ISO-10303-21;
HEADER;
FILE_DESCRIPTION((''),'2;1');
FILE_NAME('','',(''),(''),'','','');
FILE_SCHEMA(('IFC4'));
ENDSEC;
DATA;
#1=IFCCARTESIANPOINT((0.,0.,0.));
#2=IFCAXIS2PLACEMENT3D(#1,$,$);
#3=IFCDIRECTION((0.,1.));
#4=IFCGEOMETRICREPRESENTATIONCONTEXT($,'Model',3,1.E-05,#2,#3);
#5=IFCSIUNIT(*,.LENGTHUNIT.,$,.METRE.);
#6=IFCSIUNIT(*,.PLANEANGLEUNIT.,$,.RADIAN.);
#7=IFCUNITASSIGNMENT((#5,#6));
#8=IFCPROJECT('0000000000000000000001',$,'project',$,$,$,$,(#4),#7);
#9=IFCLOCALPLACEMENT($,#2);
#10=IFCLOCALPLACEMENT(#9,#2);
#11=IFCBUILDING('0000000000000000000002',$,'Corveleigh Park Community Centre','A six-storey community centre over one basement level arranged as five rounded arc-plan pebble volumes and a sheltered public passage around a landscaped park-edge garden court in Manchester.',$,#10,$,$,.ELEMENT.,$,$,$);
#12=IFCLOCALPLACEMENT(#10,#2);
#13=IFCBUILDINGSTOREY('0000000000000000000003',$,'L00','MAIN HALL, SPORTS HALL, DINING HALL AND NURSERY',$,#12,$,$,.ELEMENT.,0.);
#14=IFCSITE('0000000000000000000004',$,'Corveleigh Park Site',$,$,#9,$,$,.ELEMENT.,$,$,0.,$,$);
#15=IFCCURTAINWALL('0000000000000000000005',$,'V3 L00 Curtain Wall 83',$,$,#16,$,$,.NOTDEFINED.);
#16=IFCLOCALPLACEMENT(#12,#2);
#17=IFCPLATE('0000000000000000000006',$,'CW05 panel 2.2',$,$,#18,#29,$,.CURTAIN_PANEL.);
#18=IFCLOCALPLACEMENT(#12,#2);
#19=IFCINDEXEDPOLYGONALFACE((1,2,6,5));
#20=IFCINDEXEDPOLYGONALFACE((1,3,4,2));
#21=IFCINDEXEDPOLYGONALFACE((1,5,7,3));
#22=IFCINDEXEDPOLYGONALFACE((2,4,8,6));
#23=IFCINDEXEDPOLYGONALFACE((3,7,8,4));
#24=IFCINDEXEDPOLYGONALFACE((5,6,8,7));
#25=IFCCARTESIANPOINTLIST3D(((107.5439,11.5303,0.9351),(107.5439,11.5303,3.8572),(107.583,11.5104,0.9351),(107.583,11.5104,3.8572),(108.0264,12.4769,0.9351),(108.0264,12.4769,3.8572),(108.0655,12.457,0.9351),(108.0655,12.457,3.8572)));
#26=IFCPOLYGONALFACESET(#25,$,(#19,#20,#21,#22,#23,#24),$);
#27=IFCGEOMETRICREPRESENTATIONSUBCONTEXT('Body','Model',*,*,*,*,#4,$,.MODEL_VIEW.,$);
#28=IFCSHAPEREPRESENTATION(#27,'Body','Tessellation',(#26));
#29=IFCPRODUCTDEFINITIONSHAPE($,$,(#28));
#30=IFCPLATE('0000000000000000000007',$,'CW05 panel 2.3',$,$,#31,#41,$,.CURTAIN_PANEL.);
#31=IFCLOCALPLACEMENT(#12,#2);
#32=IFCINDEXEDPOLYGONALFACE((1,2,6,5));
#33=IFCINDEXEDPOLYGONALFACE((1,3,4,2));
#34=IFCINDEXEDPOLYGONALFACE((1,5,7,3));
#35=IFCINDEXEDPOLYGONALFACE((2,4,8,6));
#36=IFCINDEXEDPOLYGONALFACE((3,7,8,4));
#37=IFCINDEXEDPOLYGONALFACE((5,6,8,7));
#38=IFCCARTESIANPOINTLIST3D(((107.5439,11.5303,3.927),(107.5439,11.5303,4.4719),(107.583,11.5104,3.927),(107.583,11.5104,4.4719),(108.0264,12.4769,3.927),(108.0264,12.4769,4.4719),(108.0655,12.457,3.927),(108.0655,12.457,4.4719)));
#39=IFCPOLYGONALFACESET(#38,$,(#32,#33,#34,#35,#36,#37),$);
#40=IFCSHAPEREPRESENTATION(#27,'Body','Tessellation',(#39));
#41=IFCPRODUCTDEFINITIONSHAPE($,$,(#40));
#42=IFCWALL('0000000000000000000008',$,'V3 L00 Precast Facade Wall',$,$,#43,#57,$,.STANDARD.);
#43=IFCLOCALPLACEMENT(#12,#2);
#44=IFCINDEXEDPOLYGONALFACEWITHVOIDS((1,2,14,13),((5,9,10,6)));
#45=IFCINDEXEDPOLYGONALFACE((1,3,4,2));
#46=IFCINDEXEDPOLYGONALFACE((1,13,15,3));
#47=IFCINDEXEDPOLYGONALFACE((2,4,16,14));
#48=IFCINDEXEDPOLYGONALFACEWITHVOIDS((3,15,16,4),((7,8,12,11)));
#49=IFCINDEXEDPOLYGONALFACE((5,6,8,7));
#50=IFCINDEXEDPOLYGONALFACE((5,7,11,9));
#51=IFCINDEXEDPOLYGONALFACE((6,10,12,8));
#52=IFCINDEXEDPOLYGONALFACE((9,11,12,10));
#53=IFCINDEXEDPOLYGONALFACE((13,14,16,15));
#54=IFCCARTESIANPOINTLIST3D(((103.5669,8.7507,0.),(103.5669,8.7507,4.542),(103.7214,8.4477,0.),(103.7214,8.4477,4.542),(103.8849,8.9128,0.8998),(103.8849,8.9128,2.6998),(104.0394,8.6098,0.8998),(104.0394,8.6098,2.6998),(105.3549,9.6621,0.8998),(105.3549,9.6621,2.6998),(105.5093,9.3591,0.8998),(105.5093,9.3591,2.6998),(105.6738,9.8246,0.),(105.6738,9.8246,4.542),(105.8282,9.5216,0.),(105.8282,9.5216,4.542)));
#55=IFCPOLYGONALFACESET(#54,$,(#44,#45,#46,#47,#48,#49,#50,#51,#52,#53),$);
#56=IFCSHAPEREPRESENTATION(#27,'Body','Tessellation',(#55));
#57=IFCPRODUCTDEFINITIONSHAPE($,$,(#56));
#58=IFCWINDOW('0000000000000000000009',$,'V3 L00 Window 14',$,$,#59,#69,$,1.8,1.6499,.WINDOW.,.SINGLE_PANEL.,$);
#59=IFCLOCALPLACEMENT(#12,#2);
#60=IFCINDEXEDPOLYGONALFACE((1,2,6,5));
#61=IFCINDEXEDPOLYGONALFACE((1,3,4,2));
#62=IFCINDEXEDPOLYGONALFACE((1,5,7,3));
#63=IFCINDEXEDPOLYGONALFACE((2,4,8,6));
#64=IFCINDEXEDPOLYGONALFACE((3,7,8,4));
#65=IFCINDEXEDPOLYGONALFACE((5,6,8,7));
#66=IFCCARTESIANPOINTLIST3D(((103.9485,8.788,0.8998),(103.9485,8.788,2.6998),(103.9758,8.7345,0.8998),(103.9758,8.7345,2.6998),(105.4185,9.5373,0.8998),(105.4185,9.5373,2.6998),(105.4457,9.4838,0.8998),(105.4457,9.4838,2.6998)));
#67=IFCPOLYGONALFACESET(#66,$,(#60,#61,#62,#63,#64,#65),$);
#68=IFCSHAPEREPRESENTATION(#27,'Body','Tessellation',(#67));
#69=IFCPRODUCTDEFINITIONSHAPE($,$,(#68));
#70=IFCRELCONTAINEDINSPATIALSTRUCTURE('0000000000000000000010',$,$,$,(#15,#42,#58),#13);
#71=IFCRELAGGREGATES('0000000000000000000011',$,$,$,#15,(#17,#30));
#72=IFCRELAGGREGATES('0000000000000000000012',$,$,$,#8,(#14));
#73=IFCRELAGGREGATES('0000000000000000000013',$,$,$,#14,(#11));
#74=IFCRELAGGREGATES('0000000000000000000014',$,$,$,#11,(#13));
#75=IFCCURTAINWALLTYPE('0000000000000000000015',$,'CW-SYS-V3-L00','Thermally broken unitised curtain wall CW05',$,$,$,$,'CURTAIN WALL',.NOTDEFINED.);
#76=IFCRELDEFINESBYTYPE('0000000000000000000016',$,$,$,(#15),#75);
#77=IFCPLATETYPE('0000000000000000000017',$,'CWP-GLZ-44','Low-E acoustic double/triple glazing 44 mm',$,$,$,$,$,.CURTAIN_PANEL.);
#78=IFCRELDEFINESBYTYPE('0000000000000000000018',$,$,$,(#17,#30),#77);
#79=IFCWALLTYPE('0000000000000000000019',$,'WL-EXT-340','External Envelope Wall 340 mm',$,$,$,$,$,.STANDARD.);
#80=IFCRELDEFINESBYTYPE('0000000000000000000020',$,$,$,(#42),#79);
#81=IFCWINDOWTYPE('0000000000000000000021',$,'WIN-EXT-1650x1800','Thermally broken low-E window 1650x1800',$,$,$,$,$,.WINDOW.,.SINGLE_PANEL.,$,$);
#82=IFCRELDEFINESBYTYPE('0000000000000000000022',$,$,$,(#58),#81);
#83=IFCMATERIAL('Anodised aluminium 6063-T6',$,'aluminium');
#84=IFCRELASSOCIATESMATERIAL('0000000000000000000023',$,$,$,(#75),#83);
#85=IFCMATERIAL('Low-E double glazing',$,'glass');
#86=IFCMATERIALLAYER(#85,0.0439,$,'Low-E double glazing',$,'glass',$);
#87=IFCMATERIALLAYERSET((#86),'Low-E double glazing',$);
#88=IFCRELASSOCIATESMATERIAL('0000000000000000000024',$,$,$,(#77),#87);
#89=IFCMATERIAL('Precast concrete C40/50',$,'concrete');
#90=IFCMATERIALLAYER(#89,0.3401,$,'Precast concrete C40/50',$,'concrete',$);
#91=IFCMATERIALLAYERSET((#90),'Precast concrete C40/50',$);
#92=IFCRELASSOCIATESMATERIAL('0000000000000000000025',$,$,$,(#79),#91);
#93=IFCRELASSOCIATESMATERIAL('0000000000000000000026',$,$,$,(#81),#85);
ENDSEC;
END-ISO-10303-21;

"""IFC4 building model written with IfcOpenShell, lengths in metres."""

from ifc_helpers import new_model, si_unit, direction, frame, frame_2d, origin, origin_2d, place, context, subcontext, project, spatial, rectangle, extrude, material, layer, layer_set, type_object, element, fill, aggregate, save


model = new_model("IFC4")

# Units and contexts
model_context = context("Model", 3, precision=1e-05, world=origin(), true_north=direction((0.0, 1.0)))
body_context = subcontext(model_context, "Body", "Model", "MODEL_VIEW")
ifc_project = project(units=[si_unit("LENGTHUNIT", "METRE"), si_unit("PLANEANGLEUNIT", "RADIAN")], contexts=[model_context])

# Site, building, storey
site_placement = place(None, origin())
site = spatial("IfcSite", under=ifc_project, at=site_placement, Name="Corveleigh Park Site", CompositionType="ELEMENT", RefElevation=0.0)
building_placement = place(site_placement, origin())
building = spatial("IfcBuilding", under=site, at=building_placement, Name="Corveleigh Park Community Centre", Description="A six-storey community centre over one basement level arranged as five rounded arc-plan pebble volumes and a sheltered public passage around a landscaped park-edge garden court in Manchester.", CompositionType="ELEMENT")
storey_placement = place(building_placement, origin())
storey = spatial("IfcBuildingStorey", under=building, at=storey_placement, Name="L00", Description="MAIN HALL, SPORTS HALL, DINING HALL AND NURSERY", CompositionType="ELEMENT", Elevation=0.0)

# Curtain wall
ifc_material_1 = material(Name="Anodised aluminium 6063-T6", Category="aluminium")
curtain_wall_type = type_object("IfcCurtainWallType", Name="CW-SYS-V3-L00", Description="Thermally broken unitised curtain wall CW05", ElementType="CURTAIN WALL", PredefinedType="NOTDEFINED", material=ifc_material_1)
curtain_wall_1_placement = place(storey_placement, origin())
curtain_wall_1 = element("IfcCurtainWall", 1, at=curtain_wall_1_placement, inside=storey, type_object=curtain_wall_type, Name="V3 L00 Curtain Wall 83", PredefinedType="NOTDEFINED")

# Plates
ifc_material_2 = material(Name="Low-E double glazing", Category="glass")
ifc_layer_1 = layer(ifc_material_2, 0.0439, Name="Low-E double glazing", Category="glass")
ifc_layer_set_1 = layer_set([ifc_layer_1], Name="Low-E double glazing")
plate_type_1 = type_object("IfcPlateType", Name="CWP-GLZ-44", Description="Low-E acoustic double/triple glazing 44 mm", PredefinedType="CURTAIN_PANEL", material=ifc_layer_set_1)
plate_1_placement = place(storey_placement, frame((107.8047, 11.9937, 0.9351), z_axis=(0.0, 0.0, 1.0), x_axis=(-0.454135, -0.890933, 0.0)))
plate_1 = element("IfcPlate", 2, at=plate_1_placement, type_object=plate_type_1, Name="CW05 panel 2.2", PredefinedType="CURTAIN_PANEL", context=body_context, shape_type="SweptSolid", body=[
    extrude(rectangle(XDim=1.0625, YDim=0.0439, at=origin_2d()), origin(), (0.0, 0.0, 1.0), 2.9221),
])
plate_2_placement = place(storey_placement, frame((107.8047, 11.9937, 3.927), z_axis=(0.0, 0.0, 1.0), x_axis=(-0.454135, -0.890933, 0.0)))
plate_2 = element("IfcPlate", 3, at=plate_2_placement, type_object=plate_type_1, Name="CW05 panel 2.3", PredefinedType="CURTAIN_PANEL", context=body_context, shape_type="SweptSolid", body=[
    extrude(rectangle(XDim=1.0625, YDim=0.0439, at=origin_2d()), origin(), (0.0, 0.0, 1.0), 0.5449),
])
aggregate(curtain_wall_1, [plate_1, plate_2])

# Wall, opening, window
ifc_material_3 = material(Name="Precast concrete C40/50", Category="concrete")
ifc_layer_2 = layer(ifc_material_3, 0.3401, Name="Precast concrete C40/50", Category="concrete")
ifc_layer_set_2 = layer_set([ifc_layer_2], Name="Precast concrete C40/50")
wall_type = type_object("IfcWallType", Name="WL-EXT-340", Description="External Envelope Wall 340 mm", PredefinedType="STANDARD", material=ifc_layer_set_2)
wall_placement = place(storey_placement, frame((105.751, 9.6731, 0.0), z_axis=(0.0, 0.0, 1.0), x_axis=(-0.890932, -0.454138, 0.0)))
wall = element("IfcWall", 4, at=wall_placement, inside=storey, type_object=wall_type, Name="V3 L00 Precast Facade Wall", PredefinedType="STANDARD", context=body_context, shape_type="SweptSolid", body=[
    extrude(rectangle(XDim=2.3647, YDim=0.3401, at=frame_2d((1.1824, 0.0))), origin(), (0.0, 0.0, 1.0), 4.542),
])
opening_placement = place(wall_placement, frame((0.3579, 0.0, 0.8999)))
opening = element("IfcOpeningElement", 5, at=opening_placement, cuts=wall, PredefinedType="OPENING", context=body_context, shape_type="SweptSolid", body=[
    extrude(rectangle(XDim=1.6499, YDim=1.8, at=frame_2d((0.825, 0.8999))), frame((0.0, 0.1799, 0.0), z_axis=(0.0, -1.0, 0.0), x_axis=(1.0, 0.0, 0.0)), (0.0, 0.0, 1.0), 0.3601),
])
window_type = type_object("IfcWindowType", Name="WIN-EXT-1650x1800", Description="Thermally broken low-E window 1650x1800", PartitioningType="SINGLE_PANEL", PredefinedType="WINDOW", material=ifc_material_2)
window_placement = place(opening_placement, origin())
window = element("IfcWindow", 6, at=window_placement, inside=storey, type_object=window_type, Name="V3 L00 Window 14", OverallHeight=1.8, OverallWidth=1.6499, PartitioningType="SINGLE_PANEL", PredefinedType="WINDOW", context=body_context, shape_type="SweptSolid", body=[
    extrude(rectangle(XDim=1.6499, YDim=1.8, at=frame_2d((0.825, 0.8999))), frame((0.0, 0.03, 0.0), z_axis=(0.0, -1.0, 0.0), x_axis=(1.0, 0.0, 0.0)), (0.0, 0.0, 1.0), 0.0601),
])
fill(opening, window)

save(model, "model.ifc")
